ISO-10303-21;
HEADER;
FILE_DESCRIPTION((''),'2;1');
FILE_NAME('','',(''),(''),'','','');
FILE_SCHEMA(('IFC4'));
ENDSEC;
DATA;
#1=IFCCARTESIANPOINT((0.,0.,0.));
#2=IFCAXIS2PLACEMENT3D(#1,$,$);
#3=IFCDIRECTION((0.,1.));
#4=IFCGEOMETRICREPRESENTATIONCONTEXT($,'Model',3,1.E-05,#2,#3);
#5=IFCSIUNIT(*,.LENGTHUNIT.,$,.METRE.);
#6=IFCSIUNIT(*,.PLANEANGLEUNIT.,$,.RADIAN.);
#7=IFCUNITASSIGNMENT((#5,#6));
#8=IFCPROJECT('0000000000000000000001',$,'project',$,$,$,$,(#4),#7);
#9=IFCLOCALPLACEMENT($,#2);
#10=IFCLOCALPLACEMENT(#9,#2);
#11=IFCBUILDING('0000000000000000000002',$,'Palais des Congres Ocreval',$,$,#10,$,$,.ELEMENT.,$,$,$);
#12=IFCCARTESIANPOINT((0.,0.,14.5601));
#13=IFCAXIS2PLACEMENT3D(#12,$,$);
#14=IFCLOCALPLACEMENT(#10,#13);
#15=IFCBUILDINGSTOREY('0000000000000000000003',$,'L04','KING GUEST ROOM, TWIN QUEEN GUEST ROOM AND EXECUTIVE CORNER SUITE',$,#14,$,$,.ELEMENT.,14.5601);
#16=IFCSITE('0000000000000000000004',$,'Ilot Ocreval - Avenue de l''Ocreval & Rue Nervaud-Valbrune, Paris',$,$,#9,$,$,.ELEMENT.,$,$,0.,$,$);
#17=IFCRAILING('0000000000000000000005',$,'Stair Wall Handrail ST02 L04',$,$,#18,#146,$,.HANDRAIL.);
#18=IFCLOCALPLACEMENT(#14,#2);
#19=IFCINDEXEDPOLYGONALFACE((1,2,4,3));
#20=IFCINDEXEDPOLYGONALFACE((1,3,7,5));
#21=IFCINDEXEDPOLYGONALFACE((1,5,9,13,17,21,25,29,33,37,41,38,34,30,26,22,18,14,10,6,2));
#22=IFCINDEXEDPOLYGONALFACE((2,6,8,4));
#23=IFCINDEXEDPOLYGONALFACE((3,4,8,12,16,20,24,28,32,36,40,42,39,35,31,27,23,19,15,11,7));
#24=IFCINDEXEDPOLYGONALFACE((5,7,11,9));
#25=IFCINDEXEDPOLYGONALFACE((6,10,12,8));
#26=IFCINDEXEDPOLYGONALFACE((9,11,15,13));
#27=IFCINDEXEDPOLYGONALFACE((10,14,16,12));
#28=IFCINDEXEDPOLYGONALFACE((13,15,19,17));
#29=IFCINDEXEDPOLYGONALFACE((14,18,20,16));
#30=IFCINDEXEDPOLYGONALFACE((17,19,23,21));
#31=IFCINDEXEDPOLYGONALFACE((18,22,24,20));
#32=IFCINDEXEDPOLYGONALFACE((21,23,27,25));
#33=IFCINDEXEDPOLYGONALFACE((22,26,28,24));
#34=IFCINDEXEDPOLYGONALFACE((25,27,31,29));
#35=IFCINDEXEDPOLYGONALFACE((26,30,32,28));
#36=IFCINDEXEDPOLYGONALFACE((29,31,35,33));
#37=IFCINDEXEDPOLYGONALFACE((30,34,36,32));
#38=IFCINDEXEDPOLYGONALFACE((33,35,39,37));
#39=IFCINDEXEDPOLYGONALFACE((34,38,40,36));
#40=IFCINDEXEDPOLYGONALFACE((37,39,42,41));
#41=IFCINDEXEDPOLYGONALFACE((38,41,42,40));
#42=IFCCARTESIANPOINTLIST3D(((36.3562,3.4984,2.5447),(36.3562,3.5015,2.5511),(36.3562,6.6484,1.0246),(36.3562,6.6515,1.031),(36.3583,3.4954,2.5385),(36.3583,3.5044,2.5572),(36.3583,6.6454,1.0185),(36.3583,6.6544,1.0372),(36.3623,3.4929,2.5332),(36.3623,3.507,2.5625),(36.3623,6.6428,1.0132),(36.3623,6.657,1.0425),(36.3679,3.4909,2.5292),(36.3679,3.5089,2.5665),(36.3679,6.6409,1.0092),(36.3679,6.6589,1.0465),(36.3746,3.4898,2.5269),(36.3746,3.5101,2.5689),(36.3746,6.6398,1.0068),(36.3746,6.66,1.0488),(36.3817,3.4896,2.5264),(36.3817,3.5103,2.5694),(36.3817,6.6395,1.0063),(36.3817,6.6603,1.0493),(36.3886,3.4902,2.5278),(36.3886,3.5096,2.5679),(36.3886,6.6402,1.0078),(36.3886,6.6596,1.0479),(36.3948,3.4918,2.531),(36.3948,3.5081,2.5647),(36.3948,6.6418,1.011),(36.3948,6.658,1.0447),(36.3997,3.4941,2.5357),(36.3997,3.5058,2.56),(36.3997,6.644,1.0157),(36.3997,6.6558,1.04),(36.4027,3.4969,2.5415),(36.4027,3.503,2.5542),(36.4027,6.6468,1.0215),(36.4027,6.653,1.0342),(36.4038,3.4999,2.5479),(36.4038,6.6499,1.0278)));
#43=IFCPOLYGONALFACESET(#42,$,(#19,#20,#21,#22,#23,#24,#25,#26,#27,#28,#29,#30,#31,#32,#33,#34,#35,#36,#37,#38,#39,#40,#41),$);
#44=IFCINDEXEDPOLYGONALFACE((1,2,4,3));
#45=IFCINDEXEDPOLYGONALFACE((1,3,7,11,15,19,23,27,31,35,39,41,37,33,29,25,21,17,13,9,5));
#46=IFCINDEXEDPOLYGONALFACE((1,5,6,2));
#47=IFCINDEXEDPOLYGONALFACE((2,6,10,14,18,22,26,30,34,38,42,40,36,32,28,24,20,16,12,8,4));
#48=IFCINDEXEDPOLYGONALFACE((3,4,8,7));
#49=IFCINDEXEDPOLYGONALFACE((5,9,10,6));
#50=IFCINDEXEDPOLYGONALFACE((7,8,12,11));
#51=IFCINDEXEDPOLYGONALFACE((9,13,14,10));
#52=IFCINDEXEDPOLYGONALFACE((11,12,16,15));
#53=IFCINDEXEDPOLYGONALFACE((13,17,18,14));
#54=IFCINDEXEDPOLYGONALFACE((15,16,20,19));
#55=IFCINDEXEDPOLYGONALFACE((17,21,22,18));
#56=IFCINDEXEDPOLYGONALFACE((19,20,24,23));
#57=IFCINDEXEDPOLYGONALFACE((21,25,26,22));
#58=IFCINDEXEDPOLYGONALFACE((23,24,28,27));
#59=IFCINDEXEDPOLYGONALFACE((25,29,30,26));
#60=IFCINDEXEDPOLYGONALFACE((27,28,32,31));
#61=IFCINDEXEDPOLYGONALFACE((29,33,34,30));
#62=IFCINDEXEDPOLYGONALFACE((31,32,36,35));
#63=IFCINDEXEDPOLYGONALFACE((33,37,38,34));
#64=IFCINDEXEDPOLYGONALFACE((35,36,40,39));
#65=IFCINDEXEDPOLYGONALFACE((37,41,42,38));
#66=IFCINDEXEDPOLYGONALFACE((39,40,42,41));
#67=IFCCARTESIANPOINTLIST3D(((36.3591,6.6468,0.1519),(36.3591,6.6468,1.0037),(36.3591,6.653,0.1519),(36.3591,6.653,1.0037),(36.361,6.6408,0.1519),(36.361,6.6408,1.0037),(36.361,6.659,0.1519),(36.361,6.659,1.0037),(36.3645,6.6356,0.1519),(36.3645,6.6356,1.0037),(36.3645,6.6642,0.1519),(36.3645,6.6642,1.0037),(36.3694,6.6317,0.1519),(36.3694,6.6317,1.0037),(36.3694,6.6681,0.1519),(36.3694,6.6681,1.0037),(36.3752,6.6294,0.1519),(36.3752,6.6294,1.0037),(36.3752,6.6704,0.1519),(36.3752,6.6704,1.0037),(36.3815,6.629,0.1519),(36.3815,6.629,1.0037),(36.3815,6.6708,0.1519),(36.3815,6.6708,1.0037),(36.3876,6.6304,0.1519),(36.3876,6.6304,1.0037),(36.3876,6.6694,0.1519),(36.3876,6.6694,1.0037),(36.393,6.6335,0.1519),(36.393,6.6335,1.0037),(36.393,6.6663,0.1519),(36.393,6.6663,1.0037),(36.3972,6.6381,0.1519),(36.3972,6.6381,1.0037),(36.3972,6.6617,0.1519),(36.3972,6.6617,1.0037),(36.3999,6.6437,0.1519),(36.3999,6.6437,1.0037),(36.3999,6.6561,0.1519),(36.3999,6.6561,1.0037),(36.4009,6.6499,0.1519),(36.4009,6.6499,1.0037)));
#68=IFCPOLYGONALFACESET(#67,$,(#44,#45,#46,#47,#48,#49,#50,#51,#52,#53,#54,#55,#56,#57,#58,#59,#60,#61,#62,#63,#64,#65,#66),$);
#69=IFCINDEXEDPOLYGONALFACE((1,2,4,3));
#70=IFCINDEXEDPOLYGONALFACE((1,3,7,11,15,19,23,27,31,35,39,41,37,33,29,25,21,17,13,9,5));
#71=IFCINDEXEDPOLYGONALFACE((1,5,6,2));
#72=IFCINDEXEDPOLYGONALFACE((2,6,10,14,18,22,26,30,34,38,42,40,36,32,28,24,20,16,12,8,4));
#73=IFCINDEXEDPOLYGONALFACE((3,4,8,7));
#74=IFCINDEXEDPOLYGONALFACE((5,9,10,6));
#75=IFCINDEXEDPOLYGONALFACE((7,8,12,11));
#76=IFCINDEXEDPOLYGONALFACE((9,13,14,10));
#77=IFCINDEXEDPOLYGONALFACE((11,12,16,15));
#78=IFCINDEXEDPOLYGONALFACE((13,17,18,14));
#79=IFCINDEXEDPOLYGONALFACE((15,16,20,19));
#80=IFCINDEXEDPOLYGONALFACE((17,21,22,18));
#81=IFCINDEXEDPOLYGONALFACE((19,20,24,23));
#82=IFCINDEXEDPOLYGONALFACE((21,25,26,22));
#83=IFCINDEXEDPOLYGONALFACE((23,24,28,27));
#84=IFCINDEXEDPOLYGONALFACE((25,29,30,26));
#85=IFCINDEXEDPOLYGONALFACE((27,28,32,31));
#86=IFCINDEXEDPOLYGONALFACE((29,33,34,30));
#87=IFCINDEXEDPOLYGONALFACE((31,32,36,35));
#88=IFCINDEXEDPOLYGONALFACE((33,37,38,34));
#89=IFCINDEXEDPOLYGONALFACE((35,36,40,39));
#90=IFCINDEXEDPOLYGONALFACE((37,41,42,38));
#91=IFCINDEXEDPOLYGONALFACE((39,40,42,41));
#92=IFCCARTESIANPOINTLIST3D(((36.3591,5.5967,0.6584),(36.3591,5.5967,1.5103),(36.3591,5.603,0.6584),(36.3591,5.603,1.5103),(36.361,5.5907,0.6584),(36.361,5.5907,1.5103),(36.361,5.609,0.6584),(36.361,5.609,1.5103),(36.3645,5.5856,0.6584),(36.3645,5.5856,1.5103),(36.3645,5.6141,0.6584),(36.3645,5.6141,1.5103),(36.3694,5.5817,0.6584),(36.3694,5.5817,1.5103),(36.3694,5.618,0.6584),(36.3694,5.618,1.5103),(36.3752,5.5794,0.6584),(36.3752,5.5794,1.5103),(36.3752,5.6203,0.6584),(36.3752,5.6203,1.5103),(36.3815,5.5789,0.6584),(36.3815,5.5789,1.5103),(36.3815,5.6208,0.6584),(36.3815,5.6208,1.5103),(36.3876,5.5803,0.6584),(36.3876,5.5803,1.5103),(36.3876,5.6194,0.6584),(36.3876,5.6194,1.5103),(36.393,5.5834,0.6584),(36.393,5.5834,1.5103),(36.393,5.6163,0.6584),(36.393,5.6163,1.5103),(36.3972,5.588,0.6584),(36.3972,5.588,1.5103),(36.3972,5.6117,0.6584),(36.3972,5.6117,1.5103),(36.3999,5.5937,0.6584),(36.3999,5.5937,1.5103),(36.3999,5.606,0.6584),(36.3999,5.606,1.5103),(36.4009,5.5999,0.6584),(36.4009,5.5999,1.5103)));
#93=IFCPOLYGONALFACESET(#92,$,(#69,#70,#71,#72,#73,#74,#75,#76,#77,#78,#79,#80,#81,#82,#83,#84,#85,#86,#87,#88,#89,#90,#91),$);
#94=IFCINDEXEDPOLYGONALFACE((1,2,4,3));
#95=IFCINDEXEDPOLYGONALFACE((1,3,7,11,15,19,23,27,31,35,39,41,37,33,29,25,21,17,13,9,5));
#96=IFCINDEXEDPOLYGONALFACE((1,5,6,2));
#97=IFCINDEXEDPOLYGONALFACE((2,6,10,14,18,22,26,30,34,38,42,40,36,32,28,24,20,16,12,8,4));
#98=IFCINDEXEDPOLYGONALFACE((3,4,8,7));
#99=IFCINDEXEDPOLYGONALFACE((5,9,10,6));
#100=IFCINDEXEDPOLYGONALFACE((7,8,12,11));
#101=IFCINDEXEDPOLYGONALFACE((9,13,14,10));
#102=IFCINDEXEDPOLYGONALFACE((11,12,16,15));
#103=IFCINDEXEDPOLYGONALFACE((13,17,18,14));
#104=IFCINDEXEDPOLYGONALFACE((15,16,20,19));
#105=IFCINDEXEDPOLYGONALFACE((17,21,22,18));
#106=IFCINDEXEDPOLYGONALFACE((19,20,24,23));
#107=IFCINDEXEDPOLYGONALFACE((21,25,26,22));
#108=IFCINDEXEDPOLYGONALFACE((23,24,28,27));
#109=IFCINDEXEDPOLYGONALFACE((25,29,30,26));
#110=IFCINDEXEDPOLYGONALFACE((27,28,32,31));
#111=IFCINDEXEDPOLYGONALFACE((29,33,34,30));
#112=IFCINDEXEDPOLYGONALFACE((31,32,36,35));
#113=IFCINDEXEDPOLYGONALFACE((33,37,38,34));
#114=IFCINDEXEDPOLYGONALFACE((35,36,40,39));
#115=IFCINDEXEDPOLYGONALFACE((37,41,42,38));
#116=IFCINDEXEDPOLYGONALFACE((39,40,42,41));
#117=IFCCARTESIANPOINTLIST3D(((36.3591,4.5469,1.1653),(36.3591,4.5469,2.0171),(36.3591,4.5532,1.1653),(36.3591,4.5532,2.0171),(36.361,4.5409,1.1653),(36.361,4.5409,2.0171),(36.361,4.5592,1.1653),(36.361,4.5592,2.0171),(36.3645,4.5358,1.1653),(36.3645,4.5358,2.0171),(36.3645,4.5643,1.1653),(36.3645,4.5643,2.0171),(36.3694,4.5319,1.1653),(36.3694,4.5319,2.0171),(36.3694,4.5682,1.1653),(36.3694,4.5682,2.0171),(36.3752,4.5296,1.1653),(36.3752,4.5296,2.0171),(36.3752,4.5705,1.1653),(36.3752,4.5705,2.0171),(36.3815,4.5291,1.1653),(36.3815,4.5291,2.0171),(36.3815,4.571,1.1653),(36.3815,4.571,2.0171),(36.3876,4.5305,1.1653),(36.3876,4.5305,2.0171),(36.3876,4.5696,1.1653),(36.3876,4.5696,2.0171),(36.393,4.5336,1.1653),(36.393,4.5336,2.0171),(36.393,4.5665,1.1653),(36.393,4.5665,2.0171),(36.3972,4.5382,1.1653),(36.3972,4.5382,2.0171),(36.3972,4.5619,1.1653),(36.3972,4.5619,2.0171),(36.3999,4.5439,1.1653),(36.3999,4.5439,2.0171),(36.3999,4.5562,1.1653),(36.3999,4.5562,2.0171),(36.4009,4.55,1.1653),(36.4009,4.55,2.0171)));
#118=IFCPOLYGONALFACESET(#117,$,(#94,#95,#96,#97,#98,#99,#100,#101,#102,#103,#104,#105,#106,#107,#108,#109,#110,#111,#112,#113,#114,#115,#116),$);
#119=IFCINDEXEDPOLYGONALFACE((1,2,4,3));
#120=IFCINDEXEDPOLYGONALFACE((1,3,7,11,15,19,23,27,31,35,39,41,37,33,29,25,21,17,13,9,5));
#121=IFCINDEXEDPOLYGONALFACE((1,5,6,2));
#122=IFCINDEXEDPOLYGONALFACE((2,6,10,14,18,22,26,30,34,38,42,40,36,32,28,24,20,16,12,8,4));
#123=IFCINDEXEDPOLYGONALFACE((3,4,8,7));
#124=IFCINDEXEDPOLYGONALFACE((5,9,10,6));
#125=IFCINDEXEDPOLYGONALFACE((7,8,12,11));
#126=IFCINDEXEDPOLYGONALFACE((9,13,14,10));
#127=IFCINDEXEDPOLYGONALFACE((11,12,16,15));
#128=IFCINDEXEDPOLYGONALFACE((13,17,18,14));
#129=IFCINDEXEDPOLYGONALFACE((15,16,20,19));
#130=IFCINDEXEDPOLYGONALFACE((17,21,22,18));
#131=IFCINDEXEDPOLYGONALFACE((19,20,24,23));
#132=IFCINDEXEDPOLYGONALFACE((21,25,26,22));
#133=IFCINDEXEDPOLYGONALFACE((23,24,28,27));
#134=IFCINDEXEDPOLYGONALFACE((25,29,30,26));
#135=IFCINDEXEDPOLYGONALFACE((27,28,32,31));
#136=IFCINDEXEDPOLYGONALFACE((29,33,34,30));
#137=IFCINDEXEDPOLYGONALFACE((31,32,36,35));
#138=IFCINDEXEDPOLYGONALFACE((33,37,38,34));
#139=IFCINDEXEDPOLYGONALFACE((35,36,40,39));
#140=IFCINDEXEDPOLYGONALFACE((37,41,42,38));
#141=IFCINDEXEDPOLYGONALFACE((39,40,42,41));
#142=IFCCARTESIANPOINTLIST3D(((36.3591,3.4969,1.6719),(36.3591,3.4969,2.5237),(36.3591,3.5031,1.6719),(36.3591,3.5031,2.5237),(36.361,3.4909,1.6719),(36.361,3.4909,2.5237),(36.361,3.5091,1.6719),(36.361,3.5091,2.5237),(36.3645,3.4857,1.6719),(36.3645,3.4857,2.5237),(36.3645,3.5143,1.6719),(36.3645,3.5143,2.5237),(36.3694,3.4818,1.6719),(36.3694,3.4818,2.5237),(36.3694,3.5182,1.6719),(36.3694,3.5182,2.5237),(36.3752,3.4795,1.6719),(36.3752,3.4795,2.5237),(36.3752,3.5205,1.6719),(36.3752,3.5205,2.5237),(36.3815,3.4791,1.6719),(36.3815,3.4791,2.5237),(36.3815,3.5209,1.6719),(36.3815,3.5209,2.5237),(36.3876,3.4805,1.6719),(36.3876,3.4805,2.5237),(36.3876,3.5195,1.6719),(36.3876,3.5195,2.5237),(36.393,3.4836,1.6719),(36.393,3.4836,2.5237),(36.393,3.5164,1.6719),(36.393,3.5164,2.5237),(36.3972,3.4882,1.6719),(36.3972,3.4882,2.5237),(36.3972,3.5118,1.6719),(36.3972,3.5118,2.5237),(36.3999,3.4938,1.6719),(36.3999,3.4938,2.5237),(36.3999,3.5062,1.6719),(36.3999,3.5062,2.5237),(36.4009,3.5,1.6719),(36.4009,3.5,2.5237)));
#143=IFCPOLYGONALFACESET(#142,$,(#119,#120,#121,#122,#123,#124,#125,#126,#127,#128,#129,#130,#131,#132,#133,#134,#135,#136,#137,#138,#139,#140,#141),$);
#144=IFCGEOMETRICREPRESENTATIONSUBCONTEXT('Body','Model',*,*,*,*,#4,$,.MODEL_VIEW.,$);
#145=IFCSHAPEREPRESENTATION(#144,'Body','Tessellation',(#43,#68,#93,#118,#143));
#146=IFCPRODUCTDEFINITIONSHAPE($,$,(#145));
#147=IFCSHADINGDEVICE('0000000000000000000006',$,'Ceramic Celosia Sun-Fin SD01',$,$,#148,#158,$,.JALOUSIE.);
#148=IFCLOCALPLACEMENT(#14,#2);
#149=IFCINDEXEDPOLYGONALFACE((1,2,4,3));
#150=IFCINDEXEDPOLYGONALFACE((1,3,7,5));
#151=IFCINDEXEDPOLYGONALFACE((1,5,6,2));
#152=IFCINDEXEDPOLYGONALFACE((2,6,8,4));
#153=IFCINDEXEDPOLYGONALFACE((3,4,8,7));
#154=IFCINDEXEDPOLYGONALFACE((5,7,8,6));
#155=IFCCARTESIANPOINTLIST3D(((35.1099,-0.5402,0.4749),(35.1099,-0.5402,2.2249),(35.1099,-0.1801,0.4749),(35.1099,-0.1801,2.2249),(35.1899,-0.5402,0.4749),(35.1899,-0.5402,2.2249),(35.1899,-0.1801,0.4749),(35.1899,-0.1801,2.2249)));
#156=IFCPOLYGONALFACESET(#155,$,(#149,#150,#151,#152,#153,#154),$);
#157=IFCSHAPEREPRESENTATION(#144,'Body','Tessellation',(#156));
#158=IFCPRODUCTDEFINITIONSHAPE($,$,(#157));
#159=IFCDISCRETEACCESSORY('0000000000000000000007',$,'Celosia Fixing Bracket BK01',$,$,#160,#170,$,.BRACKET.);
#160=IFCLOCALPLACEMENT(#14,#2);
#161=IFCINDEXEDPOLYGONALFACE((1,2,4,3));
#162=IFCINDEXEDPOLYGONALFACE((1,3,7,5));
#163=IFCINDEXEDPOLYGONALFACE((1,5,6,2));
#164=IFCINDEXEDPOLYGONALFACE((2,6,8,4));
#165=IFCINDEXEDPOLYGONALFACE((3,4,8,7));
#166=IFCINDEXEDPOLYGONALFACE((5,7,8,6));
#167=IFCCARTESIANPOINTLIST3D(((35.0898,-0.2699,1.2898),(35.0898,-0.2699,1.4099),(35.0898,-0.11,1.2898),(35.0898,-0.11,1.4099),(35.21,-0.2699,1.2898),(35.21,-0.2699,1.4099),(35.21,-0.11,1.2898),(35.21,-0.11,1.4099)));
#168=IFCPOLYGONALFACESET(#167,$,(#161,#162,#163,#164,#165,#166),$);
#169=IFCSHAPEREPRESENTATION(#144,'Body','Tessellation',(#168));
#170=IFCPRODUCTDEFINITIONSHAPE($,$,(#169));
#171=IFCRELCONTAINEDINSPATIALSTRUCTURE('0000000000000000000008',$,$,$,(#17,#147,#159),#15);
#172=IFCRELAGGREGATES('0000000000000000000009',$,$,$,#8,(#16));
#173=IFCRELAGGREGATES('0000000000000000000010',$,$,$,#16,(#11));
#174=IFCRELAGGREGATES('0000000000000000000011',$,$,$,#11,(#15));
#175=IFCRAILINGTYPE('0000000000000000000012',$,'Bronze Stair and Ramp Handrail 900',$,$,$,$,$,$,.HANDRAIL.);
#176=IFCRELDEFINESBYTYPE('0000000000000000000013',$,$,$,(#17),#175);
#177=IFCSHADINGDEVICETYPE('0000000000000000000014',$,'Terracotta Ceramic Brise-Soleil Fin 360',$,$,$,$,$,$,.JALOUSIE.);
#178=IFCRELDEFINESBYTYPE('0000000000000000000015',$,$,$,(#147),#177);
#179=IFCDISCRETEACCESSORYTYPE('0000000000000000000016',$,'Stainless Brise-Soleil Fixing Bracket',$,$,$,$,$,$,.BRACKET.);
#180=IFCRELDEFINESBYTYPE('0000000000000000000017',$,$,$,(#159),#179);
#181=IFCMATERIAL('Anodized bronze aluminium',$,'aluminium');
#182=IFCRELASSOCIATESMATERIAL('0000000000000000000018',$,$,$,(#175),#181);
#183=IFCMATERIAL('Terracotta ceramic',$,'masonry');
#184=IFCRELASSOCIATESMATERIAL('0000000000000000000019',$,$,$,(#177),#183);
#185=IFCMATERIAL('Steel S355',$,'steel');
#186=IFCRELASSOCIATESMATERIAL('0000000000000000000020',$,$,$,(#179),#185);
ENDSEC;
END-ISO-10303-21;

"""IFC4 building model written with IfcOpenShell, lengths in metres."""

from ifc_helpers import new_model, si_unit, direction, frame, origin, origin_2d, place, context, subcontext, project, spatial, rectangle, circle, extrude, material, type_object, element, save


model = new_model("IFC4")

# Units and contexts
model_context = context("Model", 3, precision=1e-05, world=origin(), true_north=direction((0.0, 1.0)))
body_context = subcontext(model_context, "Body", "Model", "MODEL_VIEW")
ifc_project = project(units=[si_unit("LENGTHUNIT", "METRE"), si_unit("PLANEANGLEUNIT", "RADIAN")], contexts=[model_context])

# Site, building, storey
site_placement = place(None, origin())
site = spatial("IfcSite", under=ifc_project, at=site_placement, Name="Ilot Ocreval - Avenue de l'Ocreval & Rue Nervaud-Valbrune, Paris", CompositionType="ELEMENT", RefElevation=0.0)
building_placement = place(site_placement, origin())
building = spatial("IfcBuilding", under=site, at=building_placement, Name="Palais des Congres Ocreval", CompositionType="ELEMENT")
storey_placement = place(building_placement, frame((0.0, 0.0, 14.5601)))
storey = spatial("IfcBuildingStorey", under=building, at=storey_placement, Name="L04", Description="KING GUEST ROOM, TWIN QUEEN GUEST ROOM AND EXECUTIVE CORNER SUITE", CompositionType="ELEMENT", Elevation=14.5601)

# Shared definitions
ifc_material_1 = material(Name="Steel S355", Category="steel")

# Railing
ifc_material_2 = material(Name="Anodized bronze aluminium", Category="aluminium")
railing_type = type_object("IfcRailingType", Name="Bronze Stair and Ramp Handrail 900", PredefinedType="HANDRAIL", material=ifc_material_2)
railing_placement = place(storey_placement, frame((36.3799, 6.6499, 0.1519)))
element("IfcRailing", 1, at=railing_placement, inside=storey, type_object=railing_type, Name="Stair Wall Handrail ST02 L04", PredefinedType="HANDRAIL", context=body_context, shape_type="SweptSolid", body=[
    extrude(circle(Radius=0.0239, at=origin_2d()), frame((0.0, 0.0, 0.876), z_axis=(0.0, -0.900621, 0.434605), x_axis=(1.0, 0.0, 0.0)), (0.0, 0.0, 1.0), 3.4976),
    extrude(circle(Radius=0.021, at=origin_2d()), origin(), (0.0, 0.0, 1.0), 0.8518),
    extrude(circle(Radius=0.021, at=origin_2d()), frame((0.0, -1.05, 0.5066)), (0.0, 0.0, 1.0), 0.8518),
    extrude(circle(Radius=0.021, at=origin_2d()), frame((0.0, -2.0999, 1.0134)), (0.0, 0.0, 1.0), 0.8518),
    extrude(circle(Radius=0.021, at=origin_2d()), frame((0.0, -3.1499, 1.52)), (0.0, 0.0, 1.0), 0.8518),
])

# Shading device
ifc_material_3 = material(Name="Terracotta ceramic", Category="masonry")
shading_device_type = type_object("IfcShadingDeviceType", Name="Terracotta Ceramic Brise-Soleil Fin 360", PredefinedType="JALOUSIE", material=ifc_material_3)
shading_device_placement = place(storey_placement, frame((35.1499, -0.3601, 0.4749), z_axis=(0.0, 0.0, 1.0), x_axis=(0.0, -1.0, 0.0)))
element("IfcShadingDevice", 2, at=shading_device_placement, inside=storey, type_object=shading_device_type, Name="Ceramic Celosia Sun-Fin SD01", PredefinedType="JALOUSIE", context=body_context, shape_type="SweptSolid", body=[
    extrude(rectangle(XDim=0.3601, YDim=0.0801, at=origin_2d()), origin(), (0.0, 0.0, 1.0), 1.75),
])

# Discrete accessory
discrete_accessory_type = type_object("IfcDiscreteAccessoryType", Name="Stainless Brise-Soleil Fixing Bracket", PredefinedType="BRACKET", material=ifc_material_1)
discrete_accessory_placement = place(storey_placement, frame((35.1499, -0.1899, 1.2898), z_axis=(0.0, 0.0, 1.0), x_axis=(0.0, -1.0, 0.0)))
element("IfcDiscreteAccessory", 3, at=discrete_accessory_placement, inside=storey, type_object=discrete_accessory_type, Name="Celosia Fixing Bracket BK01", PredefinedType="BRACKET", context=body_context, shape_type="SweptSolid", body=[
    extrude(rectangle(XDim=0.1599, YDim=0.1201, at=origin_2d()), origin(), (0.0, 0.0, 1.0), 0.1201),
])

save(model, "model.ifc")
